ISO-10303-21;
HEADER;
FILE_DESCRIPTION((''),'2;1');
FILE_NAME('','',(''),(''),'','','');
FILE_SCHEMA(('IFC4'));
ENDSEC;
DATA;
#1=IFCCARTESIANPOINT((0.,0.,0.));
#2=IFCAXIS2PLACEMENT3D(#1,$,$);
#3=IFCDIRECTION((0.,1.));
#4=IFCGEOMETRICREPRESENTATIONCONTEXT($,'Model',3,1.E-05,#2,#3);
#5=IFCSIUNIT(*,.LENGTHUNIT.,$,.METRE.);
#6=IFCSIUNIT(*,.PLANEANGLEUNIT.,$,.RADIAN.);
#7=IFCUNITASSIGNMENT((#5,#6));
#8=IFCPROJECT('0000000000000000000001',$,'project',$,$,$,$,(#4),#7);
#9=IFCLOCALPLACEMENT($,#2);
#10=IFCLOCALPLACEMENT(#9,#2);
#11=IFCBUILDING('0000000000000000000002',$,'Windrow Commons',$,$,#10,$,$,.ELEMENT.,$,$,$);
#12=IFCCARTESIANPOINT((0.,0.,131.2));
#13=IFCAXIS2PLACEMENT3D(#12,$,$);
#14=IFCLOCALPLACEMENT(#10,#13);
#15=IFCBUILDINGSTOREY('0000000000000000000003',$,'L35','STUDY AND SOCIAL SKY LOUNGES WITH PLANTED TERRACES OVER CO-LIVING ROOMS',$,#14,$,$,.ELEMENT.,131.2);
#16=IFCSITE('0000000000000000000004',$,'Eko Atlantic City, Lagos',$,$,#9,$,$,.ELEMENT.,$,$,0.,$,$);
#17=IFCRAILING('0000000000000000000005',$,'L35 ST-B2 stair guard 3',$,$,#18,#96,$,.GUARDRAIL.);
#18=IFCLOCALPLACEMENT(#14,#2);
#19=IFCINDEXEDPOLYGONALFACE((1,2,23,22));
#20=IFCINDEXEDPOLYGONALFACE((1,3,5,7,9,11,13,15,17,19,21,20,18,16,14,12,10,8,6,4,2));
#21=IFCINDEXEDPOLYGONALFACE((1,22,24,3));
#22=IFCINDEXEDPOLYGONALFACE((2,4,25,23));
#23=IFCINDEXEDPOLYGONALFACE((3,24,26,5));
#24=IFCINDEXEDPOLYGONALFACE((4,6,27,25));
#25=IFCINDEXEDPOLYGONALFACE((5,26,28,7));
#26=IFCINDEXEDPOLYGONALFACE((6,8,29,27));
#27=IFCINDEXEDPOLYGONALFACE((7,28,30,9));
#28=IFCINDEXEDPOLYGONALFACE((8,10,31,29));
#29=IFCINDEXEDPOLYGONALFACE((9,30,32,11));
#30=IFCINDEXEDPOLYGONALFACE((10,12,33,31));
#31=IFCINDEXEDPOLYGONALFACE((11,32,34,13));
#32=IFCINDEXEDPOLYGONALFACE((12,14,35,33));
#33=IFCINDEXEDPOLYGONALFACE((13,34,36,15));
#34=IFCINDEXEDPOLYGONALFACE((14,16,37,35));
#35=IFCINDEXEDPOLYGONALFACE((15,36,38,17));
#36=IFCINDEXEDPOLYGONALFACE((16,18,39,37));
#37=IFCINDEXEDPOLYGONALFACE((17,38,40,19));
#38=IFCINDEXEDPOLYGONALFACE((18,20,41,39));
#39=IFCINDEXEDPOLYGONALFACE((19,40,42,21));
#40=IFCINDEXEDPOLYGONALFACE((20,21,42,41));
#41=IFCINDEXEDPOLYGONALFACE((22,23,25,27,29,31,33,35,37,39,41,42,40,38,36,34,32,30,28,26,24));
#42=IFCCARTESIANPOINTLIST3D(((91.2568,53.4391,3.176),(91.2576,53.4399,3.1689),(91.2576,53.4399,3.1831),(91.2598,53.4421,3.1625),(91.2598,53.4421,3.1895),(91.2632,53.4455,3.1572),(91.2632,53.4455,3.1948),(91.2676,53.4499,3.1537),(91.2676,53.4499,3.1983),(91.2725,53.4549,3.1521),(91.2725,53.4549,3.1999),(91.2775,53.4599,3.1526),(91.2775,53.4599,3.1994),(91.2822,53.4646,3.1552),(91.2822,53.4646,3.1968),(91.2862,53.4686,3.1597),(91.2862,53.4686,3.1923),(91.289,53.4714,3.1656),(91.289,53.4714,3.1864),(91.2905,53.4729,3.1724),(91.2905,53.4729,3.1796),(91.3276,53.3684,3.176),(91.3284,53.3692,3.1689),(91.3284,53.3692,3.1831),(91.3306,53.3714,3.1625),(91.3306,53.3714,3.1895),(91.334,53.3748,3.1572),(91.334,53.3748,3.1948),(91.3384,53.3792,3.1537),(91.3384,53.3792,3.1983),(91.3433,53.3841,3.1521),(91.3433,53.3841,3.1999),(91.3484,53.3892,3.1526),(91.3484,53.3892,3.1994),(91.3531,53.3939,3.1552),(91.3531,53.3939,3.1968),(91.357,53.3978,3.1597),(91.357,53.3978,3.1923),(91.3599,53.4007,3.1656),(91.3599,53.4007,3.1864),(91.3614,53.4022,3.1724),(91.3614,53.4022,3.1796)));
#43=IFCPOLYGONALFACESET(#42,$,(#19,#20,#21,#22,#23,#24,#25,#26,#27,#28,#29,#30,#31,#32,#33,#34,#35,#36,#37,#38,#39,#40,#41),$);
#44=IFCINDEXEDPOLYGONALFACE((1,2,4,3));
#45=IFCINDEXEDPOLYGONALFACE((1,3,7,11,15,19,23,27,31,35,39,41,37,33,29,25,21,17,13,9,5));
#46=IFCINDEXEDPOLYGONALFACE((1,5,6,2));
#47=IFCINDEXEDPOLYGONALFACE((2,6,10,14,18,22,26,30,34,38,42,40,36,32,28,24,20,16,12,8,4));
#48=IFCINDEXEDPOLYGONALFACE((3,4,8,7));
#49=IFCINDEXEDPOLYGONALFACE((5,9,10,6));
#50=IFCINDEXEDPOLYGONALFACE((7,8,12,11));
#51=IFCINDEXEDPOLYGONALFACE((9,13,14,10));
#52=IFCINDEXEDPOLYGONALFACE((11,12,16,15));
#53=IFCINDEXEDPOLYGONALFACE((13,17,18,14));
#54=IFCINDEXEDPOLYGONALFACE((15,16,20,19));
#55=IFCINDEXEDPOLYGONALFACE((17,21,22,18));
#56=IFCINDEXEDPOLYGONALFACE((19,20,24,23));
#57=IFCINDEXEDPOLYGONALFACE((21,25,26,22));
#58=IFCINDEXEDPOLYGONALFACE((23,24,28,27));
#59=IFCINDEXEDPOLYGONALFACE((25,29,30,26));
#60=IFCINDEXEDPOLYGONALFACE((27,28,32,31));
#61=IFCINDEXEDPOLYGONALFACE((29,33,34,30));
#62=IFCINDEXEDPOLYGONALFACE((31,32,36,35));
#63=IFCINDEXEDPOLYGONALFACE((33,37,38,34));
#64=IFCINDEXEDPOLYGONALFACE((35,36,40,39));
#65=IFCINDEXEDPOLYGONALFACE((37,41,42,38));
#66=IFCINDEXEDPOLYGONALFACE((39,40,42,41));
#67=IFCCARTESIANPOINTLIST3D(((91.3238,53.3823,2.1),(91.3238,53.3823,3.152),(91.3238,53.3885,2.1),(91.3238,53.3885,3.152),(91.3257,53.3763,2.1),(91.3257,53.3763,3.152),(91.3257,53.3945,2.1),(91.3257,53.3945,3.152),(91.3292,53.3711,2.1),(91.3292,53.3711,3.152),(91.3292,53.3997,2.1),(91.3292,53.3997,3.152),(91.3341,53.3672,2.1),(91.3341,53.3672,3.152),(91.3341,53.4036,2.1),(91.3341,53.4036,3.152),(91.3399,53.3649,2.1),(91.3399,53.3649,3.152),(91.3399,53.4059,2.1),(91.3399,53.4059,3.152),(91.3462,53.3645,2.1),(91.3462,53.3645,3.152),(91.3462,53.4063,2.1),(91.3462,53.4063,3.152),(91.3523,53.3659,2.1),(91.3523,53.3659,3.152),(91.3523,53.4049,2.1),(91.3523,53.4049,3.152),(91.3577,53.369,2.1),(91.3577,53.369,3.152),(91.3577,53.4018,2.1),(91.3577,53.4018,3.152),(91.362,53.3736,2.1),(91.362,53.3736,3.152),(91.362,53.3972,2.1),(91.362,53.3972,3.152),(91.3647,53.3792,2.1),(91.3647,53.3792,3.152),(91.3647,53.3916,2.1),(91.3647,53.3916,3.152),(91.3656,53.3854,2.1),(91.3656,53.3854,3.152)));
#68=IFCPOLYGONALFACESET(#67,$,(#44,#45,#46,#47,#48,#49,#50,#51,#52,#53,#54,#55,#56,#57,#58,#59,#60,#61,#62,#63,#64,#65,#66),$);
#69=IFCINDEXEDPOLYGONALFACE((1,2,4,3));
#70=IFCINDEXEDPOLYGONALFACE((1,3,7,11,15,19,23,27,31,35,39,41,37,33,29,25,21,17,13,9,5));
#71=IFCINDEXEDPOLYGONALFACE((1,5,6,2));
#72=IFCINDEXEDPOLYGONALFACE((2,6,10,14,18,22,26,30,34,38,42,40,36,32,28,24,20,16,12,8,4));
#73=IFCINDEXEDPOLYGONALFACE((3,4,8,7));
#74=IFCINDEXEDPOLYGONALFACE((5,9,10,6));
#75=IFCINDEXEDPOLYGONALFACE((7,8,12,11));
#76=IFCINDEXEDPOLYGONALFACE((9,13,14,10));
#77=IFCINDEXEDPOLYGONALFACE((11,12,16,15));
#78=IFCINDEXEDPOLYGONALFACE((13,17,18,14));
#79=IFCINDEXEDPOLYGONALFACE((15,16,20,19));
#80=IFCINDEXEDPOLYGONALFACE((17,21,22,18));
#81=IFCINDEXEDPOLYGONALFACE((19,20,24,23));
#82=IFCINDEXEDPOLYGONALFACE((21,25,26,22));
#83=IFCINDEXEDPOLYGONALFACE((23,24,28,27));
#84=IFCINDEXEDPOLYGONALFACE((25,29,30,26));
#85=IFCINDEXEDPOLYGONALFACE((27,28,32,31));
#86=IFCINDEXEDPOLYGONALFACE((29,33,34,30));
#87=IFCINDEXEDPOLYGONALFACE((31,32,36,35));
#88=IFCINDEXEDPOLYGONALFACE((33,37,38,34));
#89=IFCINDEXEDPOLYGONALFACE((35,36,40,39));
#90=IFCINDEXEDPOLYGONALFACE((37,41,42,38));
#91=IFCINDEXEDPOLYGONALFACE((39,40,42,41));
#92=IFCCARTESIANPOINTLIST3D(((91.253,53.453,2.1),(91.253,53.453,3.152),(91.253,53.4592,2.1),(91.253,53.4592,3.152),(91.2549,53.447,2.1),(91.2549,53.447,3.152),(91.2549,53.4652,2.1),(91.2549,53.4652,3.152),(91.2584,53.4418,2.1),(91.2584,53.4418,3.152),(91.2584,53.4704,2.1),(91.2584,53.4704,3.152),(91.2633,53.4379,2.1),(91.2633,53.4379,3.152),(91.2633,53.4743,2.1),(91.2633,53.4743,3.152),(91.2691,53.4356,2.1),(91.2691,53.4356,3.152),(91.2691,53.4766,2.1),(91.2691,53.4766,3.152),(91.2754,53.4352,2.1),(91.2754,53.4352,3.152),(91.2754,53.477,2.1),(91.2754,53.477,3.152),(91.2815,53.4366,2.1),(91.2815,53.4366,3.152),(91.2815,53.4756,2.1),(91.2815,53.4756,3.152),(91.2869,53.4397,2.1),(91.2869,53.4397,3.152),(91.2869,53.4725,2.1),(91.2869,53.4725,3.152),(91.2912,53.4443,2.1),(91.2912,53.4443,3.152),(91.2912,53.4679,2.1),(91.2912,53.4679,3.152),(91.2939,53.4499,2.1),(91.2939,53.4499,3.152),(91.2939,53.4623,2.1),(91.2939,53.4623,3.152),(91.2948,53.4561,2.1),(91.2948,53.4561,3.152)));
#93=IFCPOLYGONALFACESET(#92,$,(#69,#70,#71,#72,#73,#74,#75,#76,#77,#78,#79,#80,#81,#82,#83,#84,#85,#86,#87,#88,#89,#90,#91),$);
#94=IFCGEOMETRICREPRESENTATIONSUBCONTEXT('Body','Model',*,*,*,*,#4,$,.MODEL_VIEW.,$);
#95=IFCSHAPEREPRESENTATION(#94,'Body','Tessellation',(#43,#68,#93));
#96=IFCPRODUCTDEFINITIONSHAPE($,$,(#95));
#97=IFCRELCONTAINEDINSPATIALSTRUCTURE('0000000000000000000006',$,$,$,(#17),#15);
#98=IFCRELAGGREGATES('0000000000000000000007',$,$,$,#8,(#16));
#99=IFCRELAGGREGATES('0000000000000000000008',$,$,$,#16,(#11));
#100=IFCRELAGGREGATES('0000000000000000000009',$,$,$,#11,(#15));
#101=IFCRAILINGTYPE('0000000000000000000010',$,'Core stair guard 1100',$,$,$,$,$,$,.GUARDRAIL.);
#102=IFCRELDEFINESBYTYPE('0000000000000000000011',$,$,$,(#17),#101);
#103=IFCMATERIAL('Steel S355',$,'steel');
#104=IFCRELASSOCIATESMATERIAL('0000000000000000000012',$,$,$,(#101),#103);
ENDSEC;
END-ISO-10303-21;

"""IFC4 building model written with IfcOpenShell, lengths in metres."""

from ifc_helpers import new_model, si_unit, direction, frame, origin, origin_2d, place, context, subcontext, project, spatial, circle, extrude, material, type_object, element, save


model = new_model("IFC4")

# Units and contexts
model_context = context("Model", 3, precision=1e-05, world=origin(), true_north=direction((0.0, 1.0)))
body_context = subcontext(model_context, "Body", "Model", "MODEL_VIEW")
ifc_project = project(units=[si_unit("LENGTHUNIT", "METRE"), si_unit("PLANEANGLEUNIT", "RADIAN")], contexts=[model_context])

# Site, building, storey
site_placement = place(None, origin())
site = spatial("IfcSite", under=ifc_project, at=site_placement, Name="Eko Atlantic City, Lagos", CompositionType="ELEMENT", RefElevation=0.0)
building_placement = place(site_placement, origin())
building = spatial("IfcBuilding", under=site, at=building_placement, Name="Windrow Commons", CompositionType="ELEMENT")
storey_placement = place(building_placement, frame((0.0, 0.0, 131.2)))
storey = spatial("IfcBuildingStorey", under=building, at=storey_placement, Name="L35", Description="STUDY AND SOCIAL SKY LOUNGES WITH PLANTED TERRACES OVER CO-LIVING ROOMS", CompositionType="ELEMENT", Elevation=131.2)

# Railing
ifc_material_1 = material(Name="Steel S355", Category="steel")
railing_type_1 = type_object("IfcRailingType", Name="Core stair guard 1100", PredefinedType="GUARDRAIL", material=ifc_material_1)
railing_1_placement = place(storey_placement, frame((91.3446, 53.3854, 2.1)))
element("IfcRailing", 1, at=railing_1_placement, inside=storey, type_object=railing_type_1, Name="L35 ST-B2 stair guard 3", PredefinedType="GUARDRAIL", context=body_context, shape_type="SweptSolid", body=[
    extrude(circle(Radius=0.024, at=origin_2d()), frame((0.0, 0.0, 1.076), z_axis=(-0.707606, 0.706607, 0.0), x_axis=(-0.706607, -0.707606, 0.0)), (0.0, 0.0, 1.0), 0.1001),
    extrude(circle(Radius=0.021, at=origin_2d()), origin(), (0.0, 0.0, 1.0), 1.052),
    extrude(circle(Radius=0.021, at=origin_2d()), frame((-0.0708, 0.0707, 0.0)), (0.0, 0.0, 1.0), 1.052),
])

save(model, "model.ifc")
